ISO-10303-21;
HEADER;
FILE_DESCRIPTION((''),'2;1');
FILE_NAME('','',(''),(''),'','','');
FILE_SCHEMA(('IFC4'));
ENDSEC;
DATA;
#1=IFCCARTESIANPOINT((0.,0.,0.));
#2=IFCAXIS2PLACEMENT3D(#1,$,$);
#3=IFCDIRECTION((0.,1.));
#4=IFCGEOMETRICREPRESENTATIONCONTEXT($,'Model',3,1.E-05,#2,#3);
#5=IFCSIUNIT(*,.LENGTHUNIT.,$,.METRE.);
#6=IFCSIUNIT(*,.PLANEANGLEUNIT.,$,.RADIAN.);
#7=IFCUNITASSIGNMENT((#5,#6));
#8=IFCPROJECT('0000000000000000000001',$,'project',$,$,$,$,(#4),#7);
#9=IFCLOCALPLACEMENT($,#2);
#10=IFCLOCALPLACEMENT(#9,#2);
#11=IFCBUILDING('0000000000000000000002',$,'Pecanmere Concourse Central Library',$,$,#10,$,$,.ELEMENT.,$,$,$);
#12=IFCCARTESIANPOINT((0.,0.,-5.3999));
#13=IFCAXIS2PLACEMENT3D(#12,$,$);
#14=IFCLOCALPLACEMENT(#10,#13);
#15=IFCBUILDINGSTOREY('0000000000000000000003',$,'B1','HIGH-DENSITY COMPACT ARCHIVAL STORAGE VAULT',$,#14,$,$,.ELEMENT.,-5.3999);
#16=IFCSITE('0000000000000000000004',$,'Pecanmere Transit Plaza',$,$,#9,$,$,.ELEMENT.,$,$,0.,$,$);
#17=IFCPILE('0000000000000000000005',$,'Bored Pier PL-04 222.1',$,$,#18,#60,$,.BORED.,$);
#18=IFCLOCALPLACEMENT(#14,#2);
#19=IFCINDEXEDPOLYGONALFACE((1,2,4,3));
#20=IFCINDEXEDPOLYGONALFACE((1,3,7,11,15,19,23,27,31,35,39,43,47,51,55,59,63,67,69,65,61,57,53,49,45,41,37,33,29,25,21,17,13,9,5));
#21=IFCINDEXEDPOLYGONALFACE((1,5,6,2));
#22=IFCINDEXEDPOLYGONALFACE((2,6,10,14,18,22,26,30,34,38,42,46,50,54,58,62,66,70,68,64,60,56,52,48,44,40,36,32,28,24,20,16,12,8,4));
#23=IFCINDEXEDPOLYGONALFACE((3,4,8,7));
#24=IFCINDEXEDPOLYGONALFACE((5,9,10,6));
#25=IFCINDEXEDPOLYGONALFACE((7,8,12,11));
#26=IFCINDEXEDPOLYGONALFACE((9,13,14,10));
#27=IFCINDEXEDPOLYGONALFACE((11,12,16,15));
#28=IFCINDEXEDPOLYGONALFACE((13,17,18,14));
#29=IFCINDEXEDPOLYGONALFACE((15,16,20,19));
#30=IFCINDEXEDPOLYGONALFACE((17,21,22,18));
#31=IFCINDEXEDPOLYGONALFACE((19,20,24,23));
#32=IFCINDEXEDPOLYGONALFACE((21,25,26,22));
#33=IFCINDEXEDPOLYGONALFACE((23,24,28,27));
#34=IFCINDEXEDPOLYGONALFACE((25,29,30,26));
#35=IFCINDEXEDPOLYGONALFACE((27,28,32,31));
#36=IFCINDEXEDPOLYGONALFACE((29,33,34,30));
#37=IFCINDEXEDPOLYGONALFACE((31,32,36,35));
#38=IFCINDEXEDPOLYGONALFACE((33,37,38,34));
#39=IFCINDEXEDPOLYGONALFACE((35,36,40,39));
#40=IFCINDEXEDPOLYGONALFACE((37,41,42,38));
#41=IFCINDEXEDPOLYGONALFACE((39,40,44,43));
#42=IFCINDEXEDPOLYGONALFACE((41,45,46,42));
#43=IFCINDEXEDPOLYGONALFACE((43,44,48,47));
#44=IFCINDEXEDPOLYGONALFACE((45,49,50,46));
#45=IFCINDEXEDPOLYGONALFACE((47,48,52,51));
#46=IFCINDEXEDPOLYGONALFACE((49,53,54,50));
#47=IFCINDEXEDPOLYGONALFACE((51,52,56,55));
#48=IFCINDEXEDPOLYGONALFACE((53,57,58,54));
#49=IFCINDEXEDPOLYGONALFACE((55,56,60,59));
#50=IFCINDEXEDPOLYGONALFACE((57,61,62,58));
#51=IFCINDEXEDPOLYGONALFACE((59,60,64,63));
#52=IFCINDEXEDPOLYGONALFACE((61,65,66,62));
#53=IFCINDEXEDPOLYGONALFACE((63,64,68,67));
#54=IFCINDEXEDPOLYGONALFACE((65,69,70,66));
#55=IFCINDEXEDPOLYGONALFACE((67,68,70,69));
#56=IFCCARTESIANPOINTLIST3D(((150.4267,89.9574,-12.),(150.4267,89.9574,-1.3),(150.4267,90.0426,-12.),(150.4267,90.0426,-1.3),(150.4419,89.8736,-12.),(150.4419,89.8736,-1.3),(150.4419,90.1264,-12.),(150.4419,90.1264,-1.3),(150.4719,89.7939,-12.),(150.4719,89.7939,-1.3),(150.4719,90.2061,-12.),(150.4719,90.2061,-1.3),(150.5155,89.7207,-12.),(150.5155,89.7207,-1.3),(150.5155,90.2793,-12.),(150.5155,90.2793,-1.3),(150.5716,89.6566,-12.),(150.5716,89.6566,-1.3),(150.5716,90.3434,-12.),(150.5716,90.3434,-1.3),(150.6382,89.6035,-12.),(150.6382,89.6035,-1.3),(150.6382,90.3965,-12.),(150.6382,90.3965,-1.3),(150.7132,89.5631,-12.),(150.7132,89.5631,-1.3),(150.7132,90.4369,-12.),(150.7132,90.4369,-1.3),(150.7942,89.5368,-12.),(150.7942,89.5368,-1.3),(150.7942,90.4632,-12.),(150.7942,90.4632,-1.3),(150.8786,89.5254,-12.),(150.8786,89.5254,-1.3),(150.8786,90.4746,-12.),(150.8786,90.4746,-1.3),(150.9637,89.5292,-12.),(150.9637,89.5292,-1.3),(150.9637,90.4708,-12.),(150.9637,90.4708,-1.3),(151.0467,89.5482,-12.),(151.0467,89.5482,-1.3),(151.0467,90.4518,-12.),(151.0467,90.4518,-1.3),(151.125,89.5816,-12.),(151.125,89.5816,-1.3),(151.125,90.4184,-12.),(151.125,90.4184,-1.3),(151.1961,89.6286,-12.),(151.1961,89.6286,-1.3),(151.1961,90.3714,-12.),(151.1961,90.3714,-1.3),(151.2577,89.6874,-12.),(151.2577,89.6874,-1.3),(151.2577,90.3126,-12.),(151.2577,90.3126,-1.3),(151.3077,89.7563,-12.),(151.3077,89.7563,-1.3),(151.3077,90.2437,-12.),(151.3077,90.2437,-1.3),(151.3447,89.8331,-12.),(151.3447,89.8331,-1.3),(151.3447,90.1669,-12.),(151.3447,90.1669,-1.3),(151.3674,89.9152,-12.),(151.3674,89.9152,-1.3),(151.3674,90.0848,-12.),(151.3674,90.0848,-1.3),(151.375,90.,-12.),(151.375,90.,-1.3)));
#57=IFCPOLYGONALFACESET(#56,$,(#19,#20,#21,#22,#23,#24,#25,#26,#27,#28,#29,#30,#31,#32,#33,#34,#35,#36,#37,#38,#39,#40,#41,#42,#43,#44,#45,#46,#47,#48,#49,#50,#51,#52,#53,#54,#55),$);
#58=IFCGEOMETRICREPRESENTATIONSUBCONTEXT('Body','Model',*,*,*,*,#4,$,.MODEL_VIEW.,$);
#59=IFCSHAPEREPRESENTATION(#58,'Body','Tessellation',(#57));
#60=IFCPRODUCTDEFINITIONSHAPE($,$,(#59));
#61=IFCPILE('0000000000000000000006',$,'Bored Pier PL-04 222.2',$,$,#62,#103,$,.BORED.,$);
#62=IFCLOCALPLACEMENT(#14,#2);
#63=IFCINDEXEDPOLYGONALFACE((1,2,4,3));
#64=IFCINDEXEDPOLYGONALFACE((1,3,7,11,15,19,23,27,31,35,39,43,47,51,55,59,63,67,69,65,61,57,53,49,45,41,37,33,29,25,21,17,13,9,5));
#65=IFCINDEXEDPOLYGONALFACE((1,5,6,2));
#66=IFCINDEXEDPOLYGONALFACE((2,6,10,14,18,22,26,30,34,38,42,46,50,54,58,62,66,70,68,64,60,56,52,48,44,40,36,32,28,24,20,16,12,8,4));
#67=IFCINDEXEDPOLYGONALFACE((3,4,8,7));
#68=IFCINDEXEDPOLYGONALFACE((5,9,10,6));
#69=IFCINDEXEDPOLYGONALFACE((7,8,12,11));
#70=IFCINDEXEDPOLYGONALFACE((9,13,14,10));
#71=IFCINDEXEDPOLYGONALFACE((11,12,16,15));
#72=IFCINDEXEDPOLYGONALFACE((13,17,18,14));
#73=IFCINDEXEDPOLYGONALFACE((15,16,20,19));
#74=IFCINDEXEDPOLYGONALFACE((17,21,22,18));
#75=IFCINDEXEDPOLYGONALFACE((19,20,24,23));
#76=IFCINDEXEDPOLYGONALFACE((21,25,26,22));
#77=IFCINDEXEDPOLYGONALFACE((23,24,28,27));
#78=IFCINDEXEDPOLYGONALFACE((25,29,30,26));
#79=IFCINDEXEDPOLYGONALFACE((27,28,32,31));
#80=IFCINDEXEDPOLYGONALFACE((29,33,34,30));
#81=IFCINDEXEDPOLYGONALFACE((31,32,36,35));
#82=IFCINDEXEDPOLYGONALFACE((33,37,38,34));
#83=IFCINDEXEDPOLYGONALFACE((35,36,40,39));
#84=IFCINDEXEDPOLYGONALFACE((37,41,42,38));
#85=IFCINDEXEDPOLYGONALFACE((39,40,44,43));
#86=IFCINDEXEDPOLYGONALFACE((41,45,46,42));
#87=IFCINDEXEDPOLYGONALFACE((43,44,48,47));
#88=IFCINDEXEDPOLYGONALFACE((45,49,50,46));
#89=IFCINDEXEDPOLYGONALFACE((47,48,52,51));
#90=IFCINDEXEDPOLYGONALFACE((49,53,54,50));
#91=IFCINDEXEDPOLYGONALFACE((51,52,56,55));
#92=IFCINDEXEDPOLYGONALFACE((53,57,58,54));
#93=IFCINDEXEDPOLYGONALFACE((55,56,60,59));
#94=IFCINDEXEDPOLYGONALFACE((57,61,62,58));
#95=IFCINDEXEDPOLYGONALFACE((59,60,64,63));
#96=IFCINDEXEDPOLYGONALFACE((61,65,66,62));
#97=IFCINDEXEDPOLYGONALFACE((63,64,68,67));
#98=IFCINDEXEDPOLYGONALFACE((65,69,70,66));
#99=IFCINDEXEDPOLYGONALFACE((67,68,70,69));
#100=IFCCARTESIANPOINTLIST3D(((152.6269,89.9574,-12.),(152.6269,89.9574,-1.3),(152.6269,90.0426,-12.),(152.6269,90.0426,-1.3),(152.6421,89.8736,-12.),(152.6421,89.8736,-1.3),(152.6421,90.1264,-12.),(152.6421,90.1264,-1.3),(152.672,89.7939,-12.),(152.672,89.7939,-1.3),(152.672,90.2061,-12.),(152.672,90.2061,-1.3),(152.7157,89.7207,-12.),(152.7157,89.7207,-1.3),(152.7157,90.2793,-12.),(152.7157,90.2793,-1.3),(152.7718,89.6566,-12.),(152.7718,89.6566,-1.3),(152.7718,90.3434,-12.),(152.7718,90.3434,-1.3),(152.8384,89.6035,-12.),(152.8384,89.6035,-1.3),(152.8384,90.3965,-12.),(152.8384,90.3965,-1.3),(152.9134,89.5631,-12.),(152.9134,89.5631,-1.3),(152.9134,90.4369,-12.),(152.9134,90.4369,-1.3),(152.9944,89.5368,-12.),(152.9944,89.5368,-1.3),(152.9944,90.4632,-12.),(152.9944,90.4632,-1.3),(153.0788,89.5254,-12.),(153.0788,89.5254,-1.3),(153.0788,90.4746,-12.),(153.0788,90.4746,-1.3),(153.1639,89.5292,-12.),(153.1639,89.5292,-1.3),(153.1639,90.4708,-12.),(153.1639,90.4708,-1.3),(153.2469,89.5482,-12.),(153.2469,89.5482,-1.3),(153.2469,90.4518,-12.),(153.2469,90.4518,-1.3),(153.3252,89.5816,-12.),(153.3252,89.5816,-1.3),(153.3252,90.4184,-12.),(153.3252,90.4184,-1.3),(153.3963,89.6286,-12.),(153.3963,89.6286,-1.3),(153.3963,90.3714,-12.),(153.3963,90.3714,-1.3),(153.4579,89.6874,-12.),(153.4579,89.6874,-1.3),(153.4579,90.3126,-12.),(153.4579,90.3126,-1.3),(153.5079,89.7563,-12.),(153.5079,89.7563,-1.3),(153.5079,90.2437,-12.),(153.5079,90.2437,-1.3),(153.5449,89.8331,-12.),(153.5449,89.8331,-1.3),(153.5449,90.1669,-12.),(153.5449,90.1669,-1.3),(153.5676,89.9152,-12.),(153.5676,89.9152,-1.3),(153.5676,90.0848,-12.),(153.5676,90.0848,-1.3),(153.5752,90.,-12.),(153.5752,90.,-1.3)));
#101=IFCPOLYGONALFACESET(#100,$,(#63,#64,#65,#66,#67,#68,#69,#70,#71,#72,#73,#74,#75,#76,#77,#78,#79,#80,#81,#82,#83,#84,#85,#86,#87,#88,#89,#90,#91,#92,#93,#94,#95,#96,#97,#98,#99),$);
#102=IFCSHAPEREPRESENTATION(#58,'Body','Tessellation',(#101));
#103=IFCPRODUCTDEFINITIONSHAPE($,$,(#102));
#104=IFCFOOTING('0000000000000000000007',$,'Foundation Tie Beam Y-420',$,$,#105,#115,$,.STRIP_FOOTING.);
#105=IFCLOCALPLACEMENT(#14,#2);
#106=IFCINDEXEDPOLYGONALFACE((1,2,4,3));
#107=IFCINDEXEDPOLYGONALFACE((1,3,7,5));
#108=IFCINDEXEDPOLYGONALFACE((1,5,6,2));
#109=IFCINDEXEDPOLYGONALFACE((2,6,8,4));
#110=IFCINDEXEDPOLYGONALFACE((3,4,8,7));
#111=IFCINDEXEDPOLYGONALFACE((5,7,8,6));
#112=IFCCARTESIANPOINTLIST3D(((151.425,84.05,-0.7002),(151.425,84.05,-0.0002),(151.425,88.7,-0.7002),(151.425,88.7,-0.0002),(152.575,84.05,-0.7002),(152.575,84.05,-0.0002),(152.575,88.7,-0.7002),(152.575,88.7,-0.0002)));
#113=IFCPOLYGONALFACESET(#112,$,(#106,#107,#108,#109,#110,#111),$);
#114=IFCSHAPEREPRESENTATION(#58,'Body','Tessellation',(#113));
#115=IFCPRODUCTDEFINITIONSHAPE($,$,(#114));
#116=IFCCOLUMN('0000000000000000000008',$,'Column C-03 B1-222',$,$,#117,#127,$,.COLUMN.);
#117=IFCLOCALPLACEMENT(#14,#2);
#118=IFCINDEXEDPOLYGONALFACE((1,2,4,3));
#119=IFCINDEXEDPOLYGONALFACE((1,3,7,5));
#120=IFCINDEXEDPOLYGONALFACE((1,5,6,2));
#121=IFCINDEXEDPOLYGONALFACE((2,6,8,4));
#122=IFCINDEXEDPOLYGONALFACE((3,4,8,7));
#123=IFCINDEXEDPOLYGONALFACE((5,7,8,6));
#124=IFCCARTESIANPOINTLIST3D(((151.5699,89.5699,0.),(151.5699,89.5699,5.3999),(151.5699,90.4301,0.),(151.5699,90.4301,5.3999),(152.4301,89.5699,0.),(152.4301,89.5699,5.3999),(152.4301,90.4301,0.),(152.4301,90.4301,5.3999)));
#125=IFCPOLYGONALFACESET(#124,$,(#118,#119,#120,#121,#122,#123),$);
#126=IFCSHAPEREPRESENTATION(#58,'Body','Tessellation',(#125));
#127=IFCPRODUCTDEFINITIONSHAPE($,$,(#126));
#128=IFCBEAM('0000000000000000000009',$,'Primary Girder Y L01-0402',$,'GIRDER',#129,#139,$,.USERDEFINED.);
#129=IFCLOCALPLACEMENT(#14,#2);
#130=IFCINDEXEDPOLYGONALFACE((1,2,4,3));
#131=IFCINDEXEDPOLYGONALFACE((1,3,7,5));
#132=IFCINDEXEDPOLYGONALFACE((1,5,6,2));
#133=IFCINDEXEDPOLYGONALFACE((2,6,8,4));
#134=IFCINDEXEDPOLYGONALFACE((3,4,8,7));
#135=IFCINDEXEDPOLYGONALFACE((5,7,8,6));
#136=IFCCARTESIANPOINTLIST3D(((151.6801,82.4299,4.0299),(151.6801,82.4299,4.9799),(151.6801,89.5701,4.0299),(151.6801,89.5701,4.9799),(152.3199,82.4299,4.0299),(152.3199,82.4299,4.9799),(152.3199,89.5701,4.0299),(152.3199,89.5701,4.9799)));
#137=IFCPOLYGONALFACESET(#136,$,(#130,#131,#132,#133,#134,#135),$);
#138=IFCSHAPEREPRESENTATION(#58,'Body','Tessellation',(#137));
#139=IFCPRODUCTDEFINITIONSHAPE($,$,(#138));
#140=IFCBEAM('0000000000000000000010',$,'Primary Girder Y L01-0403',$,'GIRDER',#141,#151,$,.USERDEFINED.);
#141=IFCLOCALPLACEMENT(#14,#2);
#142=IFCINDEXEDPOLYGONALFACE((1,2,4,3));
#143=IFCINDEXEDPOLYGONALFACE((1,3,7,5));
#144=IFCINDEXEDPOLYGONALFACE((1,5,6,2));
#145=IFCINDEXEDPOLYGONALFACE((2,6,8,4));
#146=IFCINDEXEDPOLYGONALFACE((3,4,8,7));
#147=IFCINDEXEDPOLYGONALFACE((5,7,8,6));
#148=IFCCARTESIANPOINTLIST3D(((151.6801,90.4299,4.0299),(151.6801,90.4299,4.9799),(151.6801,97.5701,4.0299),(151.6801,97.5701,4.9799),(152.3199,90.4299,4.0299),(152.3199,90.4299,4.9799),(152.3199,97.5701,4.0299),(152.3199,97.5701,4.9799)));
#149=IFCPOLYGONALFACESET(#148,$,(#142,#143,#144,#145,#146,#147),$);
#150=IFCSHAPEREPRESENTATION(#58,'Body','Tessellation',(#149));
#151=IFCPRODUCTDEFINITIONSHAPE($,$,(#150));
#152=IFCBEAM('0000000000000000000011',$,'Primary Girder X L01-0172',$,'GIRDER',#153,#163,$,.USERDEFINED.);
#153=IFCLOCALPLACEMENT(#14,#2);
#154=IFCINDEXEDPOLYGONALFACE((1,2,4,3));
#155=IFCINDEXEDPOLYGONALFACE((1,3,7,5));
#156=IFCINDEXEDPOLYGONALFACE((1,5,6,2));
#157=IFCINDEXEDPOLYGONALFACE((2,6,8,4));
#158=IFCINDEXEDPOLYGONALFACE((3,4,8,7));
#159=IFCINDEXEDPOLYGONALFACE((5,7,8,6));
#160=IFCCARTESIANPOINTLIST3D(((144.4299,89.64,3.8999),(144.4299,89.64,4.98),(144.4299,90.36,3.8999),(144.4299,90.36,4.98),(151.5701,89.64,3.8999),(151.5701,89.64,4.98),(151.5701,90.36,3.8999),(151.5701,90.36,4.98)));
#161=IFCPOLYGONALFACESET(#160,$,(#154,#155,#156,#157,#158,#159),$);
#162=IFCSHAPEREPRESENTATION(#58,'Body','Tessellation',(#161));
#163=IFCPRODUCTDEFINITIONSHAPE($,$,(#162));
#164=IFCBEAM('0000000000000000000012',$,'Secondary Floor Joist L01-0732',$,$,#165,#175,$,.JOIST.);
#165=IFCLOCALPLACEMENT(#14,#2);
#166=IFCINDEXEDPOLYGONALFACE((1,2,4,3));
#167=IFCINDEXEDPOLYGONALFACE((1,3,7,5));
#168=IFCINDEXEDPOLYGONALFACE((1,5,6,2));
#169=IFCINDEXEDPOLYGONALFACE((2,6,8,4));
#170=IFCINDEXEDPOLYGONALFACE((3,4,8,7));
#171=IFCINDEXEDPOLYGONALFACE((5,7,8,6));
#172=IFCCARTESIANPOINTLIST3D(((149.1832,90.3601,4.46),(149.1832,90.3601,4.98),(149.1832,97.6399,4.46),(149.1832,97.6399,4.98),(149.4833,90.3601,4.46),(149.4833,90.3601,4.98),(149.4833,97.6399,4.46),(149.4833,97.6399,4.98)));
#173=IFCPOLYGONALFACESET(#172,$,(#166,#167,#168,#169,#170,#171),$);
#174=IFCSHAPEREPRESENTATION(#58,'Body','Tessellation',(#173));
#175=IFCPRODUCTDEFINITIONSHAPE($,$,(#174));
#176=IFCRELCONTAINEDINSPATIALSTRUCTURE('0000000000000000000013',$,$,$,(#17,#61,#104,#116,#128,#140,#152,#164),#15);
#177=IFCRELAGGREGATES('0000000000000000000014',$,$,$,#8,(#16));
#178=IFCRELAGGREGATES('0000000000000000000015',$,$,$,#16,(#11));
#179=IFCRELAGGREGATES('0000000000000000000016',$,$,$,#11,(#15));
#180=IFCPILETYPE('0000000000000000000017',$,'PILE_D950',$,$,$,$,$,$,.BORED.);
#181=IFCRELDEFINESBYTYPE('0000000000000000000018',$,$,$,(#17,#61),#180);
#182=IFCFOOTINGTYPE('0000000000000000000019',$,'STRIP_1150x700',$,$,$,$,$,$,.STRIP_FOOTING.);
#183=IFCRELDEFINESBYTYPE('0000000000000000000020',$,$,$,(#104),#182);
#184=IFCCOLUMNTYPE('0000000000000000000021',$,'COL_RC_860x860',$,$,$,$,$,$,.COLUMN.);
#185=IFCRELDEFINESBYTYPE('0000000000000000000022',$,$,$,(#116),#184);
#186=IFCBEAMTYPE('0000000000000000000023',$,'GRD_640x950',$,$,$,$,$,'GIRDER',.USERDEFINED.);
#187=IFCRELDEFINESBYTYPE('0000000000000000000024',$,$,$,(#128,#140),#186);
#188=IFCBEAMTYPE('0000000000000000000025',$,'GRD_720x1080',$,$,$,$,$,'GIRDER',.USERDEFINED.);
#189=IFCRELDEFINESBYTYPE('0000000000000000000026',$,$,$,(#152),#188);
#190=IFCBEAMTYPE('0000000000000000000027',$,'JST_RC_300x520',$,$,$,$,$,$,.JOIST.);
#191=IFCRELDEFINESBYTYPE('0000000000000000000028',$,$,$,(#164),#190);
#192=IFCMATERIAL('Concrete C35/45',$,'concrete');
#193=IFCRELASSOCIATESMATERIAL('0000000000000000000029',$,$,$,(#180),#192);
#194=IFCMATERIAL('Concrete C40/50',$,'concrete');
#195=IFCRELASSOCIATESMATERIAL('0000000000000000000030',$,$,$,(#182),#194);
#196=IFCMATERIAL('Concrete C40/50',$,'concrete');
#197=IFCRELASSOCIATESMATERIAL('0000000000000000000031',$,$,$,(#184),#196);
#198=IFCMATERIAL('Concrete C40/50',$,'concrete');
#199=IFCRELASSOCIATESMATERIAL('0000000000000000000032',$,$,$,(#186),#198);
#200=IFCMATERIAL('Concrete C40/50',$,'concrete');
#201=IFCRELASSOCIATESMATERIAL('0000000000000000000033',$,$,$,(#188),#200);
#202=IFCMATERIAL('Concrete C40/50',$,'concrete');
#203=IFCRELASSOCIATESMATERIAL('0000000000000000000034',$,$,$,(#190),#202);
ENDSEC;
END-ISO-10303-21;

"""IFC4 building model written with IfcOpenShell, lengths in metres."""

from ifc_helpers import new_model, si_unit, direction, frame, origin, origin_2d, place, context, subcontext, project, spatial, rectangle, circle, extrude, material, material_profile, profile_set, type_object, element, save


model = new_model("IFC4")

# Units and contexts
model_context = context("Model", 3, precision=1e-05, world=origin(), true_north=direction((0.0, 1.0)))
body_context = subcontext(model_context, "Body", "Model", "MODEL_VIEW")
ifc_project = project(units=[si_unit("LENGTHUNIT", "METRE"), si_unit("PLANEANGLEUNIT", "RADIAN")], contexts=[model_context])

# Site, building, storey
site_placement = place(None, origin())
site = spatial("IfcSite", under=ifc_project, at=site_placement, Name="Pecanmere Transit Plaza", CompositionType="ELEMENT", RefElevation=0.0)
building_placement = place(site_placement, origin())
building = spatial("IfcBuilding", under=site, at=building_placement, Name="Pecanmere Concourse Central Library", CompositionType="ELEMENT")
storey_placement = place(building_placement, frame((0.0, 0.0, -5.3999)))
storey = spatial("IfcBuildingStorey", under=building, at=storey_placement, Name="B1", Description="HIGH-DENSITY COMPACT ARCHIVAL STORAGE VAULT", CompositionType="ELEMENT", Elevation=-5.3999)

# Piles
ifc_material_1 = material(Name="Concrete C35/45", Category="concrete")
ifc_material_profile_1 = material_profile(ifc_material_1, circle(Radius=0.4751, at=origin_2d()), Name="PIER D950")
ifc_profile_set_1 = profile_set([ifc_material_profile_1], Name="Concrete C35/45")
pile_type_1 = type_object("IfcPileType", Name="PILE_D950", PredefinedType="BORED", material=ifc_profile_set_1)
for number, where, z_axis, x_axis, name in (
    (1, (150.8999, 90.0, -1.3), (0.0, 0.0, -1.0), (1.0, 0.0, 0.0), "Bored Pier PL-04 222.1"),
    (2, (153.1001, 90.0, -1.3), (0.0, 0.0, -1.0), (1.0, 0.0, 0.0), "Bored Pier PL-04 222.2"),
):
    element("IfcPile", number, at=place(storey_placement, frame(where, z_axis=z_axis, x_axis=x_axis)), inside=storey, type_object=pile_type_1, Name=name, PredefinedType="BORED", context=body_context, shape_type="SweptSolid", body=[
        extrude(circle(Radius=0.4751, at=origin_2d()), origin(), (0.0, 0.0, 1.0), 10.7),
    ])

# Footing
ifc_material_2 = material(Name="Concrete C40/50", Category="concrete")
ifc_material_profile_2 = material_profile(ifc_material_2, rectangle(XDim=1.1499, YDim=0.7, at=origin_2d()), Name="RC 1150x700")
ifc_profile_set_2 = profile_set([ifc_material_profile_2], Name="Concrete C40/50")
footing_type_1 = type_object("IfcFootingType", Name="STRIP_1150x700", PredefinedType="STRIP_FOOTING", material=ifc_profile_set_2)
footing_1_placement = place(storey_placement, frame((152.0, 86.375, -0.7002), z_axis=(0.0, 0.0, 1.0), x_axis=(0.0, 1.0, 0.0)))
element("IfcFooting", 3, at=footing_1_placement, inside=storey, type_object=footing_type_1, Name="Foundation Tie Beam Y-420", PredefinedType="STRIP_FOOTING", context=body_context, shape_type="SweptSolid", body=[
    extrude(rectangle(XDim=4.6499, YDim=1.1499, at=origin_2d()), origin(), (0.0, 0.0, 1.0), 0.7),
])

# Column
ifc_material_3 = material(Name="Concrete C40/50", Category="concrete")
ifc_material_profile_3 = material_profile(ifc_material_3, rectangle(XDim=0.8601, YDim=0.8601, at=origin_2d()), Name="RC 860x860")
ifc_profile_set_3 = profile_set([ifc_material_profile_3], Name="Concrete C40/50")
column_type = type_object("IfcColumnType", Name="COL_RC_860x860", PredefinedType="COLUMN", material=ifc_profile_set_3)
column_placement = place(storey_placement, frame((152.0, 90.0, 0.0), z_axis=(0.0, 0.0, 1.0), x_axis=(1.0, 0.0, 0.0)))
element("IfcColumn", 4, at=column_placement, inside=storey, type_object=column_type, Name="Column C-03 B1-222", PredefinedType="COLUMN", context=body_context, shape_type="SweptSolid", body=[
    extrude(rectangle(XDim=0.8601, YDim=0.8601, at=origin_2d()), origin(), (0.0, 0.0, 1.0), 5.3999),
])

# Beams
ifc_material_4 = material(Name="Concrete C40/50", Category="concrete")
ifc_material_profile_4 = material_profile(ifc_material_4, rectangle(XDim=0.6399, YDim=0.95, at=origin_2d()), Name="RC 640x950")
ifc_profile_set_4 = profile_set([ifc_material_profile_4], Name="Concrete C40/50")
beam_type_1 = type_object("IfcBeamType", Name="GRD_640x950", ElementType="GIRDER", PredefinedType="USERDEFINED", material=ifc_profile_set_4)
for number, where, z_axis, x_axis, name in (
    (5, (152.0, 82.4299, 4.5049), (0.0, 1.0, 0.0), (-1.0, 0.0, 0.0), "Primary Girder Y L01-0402"),
    (6, (152.0, 90.4299, 4.5049), (0.0, 1.0, 0.0), (-1.0, 0.0, 0.0), "Primary Girder Y L01-0403"),
):
    element("IfcBeam", number, at=place(storey_placement, frame(where, z_axis=z_axis, x_axis=x_axis)), inside=storey, type_object=beam_type_1, Name=name, ObjectType="GIRDER", PredefinedType="USERDEFINED", context=body_context, shape_type="SweptSolid", body=[
        extrude(rectangle(XDim=0.6399, YDim=0.95, at=origin_2d()), origin(), (0.0, 0.0, 1.0), 7.1401),
    ])
ifc_material_5 = material(Name="Concrete C40/50", Category="concrete")
ifc_material_profile_5 = material_profile(ifc_material_5, rectangle(XDim=0.72, YDim=1.0801, at=origin_2d()), Name="RC 720x1080")
ifc_profile_set_5 = profile_set([ifc_material_profile_5], Name="Concrete C40/50")
beam_type_2 = type_object("IfcBeamType", Name="GRD_720x1080", ElementType="GIRDER", PredefinedType="USERDEFINED", material=ifc_profile_set_5)
beam_1_placement = place(storey_placement, frame((144.4299, 90.0, 4.4399), z_axis=(1.0, 0.0, 0.0), x_axis=(0.0, 1.0, 0.0)))
element("IfcBeam", 7, at=beam_1_placement, inside=storey, type_object=beam_type_2, Name="Primary Girder X L01-0172", ObjectType="GIRDER", PredefinedType="USERDEFINED", context=body_context, shape_type="SweptSolid", body=[
    extrude(rectangle(XDim=0.72, YDim=1.0801, at=origin_2d()), origin(), (0.0, 0.0, 1.0), 7.1401),
])
ifc_material_6 = material(Name="Concrete C40/50", Category="concrete")
ifc_material_profile_6 = material_profile(ifc_material_6, rectangle(XDim=0.3, YDim=0.52, at=origin_2d()), Name="RC 300x520")
ifc_profile_set_6 = profile_set([ifc_material_profile_6], Name="Concrete C40/50")
beam_type_3 = type_object("IfcBeamType", Name="JST_RC_300x520", PredefinedType="JOIST", material=ifc_profile_set_6)
beam_2_placement = place(storey_placement, frame((149.3333, 90.3601, 4.72), z_axis=(0.0, 1.0, 0.0), x_axis=(-1.0, 0.0, 0.0)))
element("IfcBeam", 8, at=beam_2_placement, inside=storey, type_object=beam_type_3, Name="Secondary Floor Joist L01-0732", PredefinedType="JOIST", context=body_context, shape_type="SweptSolid", body=[
    extrude(rectangle(XDim=0.3, YDim=0.52, at=origin_2d()), origin(), (0.0, 0.0, 1.0), 7.2798),
])

save(model, "model.ifc")
